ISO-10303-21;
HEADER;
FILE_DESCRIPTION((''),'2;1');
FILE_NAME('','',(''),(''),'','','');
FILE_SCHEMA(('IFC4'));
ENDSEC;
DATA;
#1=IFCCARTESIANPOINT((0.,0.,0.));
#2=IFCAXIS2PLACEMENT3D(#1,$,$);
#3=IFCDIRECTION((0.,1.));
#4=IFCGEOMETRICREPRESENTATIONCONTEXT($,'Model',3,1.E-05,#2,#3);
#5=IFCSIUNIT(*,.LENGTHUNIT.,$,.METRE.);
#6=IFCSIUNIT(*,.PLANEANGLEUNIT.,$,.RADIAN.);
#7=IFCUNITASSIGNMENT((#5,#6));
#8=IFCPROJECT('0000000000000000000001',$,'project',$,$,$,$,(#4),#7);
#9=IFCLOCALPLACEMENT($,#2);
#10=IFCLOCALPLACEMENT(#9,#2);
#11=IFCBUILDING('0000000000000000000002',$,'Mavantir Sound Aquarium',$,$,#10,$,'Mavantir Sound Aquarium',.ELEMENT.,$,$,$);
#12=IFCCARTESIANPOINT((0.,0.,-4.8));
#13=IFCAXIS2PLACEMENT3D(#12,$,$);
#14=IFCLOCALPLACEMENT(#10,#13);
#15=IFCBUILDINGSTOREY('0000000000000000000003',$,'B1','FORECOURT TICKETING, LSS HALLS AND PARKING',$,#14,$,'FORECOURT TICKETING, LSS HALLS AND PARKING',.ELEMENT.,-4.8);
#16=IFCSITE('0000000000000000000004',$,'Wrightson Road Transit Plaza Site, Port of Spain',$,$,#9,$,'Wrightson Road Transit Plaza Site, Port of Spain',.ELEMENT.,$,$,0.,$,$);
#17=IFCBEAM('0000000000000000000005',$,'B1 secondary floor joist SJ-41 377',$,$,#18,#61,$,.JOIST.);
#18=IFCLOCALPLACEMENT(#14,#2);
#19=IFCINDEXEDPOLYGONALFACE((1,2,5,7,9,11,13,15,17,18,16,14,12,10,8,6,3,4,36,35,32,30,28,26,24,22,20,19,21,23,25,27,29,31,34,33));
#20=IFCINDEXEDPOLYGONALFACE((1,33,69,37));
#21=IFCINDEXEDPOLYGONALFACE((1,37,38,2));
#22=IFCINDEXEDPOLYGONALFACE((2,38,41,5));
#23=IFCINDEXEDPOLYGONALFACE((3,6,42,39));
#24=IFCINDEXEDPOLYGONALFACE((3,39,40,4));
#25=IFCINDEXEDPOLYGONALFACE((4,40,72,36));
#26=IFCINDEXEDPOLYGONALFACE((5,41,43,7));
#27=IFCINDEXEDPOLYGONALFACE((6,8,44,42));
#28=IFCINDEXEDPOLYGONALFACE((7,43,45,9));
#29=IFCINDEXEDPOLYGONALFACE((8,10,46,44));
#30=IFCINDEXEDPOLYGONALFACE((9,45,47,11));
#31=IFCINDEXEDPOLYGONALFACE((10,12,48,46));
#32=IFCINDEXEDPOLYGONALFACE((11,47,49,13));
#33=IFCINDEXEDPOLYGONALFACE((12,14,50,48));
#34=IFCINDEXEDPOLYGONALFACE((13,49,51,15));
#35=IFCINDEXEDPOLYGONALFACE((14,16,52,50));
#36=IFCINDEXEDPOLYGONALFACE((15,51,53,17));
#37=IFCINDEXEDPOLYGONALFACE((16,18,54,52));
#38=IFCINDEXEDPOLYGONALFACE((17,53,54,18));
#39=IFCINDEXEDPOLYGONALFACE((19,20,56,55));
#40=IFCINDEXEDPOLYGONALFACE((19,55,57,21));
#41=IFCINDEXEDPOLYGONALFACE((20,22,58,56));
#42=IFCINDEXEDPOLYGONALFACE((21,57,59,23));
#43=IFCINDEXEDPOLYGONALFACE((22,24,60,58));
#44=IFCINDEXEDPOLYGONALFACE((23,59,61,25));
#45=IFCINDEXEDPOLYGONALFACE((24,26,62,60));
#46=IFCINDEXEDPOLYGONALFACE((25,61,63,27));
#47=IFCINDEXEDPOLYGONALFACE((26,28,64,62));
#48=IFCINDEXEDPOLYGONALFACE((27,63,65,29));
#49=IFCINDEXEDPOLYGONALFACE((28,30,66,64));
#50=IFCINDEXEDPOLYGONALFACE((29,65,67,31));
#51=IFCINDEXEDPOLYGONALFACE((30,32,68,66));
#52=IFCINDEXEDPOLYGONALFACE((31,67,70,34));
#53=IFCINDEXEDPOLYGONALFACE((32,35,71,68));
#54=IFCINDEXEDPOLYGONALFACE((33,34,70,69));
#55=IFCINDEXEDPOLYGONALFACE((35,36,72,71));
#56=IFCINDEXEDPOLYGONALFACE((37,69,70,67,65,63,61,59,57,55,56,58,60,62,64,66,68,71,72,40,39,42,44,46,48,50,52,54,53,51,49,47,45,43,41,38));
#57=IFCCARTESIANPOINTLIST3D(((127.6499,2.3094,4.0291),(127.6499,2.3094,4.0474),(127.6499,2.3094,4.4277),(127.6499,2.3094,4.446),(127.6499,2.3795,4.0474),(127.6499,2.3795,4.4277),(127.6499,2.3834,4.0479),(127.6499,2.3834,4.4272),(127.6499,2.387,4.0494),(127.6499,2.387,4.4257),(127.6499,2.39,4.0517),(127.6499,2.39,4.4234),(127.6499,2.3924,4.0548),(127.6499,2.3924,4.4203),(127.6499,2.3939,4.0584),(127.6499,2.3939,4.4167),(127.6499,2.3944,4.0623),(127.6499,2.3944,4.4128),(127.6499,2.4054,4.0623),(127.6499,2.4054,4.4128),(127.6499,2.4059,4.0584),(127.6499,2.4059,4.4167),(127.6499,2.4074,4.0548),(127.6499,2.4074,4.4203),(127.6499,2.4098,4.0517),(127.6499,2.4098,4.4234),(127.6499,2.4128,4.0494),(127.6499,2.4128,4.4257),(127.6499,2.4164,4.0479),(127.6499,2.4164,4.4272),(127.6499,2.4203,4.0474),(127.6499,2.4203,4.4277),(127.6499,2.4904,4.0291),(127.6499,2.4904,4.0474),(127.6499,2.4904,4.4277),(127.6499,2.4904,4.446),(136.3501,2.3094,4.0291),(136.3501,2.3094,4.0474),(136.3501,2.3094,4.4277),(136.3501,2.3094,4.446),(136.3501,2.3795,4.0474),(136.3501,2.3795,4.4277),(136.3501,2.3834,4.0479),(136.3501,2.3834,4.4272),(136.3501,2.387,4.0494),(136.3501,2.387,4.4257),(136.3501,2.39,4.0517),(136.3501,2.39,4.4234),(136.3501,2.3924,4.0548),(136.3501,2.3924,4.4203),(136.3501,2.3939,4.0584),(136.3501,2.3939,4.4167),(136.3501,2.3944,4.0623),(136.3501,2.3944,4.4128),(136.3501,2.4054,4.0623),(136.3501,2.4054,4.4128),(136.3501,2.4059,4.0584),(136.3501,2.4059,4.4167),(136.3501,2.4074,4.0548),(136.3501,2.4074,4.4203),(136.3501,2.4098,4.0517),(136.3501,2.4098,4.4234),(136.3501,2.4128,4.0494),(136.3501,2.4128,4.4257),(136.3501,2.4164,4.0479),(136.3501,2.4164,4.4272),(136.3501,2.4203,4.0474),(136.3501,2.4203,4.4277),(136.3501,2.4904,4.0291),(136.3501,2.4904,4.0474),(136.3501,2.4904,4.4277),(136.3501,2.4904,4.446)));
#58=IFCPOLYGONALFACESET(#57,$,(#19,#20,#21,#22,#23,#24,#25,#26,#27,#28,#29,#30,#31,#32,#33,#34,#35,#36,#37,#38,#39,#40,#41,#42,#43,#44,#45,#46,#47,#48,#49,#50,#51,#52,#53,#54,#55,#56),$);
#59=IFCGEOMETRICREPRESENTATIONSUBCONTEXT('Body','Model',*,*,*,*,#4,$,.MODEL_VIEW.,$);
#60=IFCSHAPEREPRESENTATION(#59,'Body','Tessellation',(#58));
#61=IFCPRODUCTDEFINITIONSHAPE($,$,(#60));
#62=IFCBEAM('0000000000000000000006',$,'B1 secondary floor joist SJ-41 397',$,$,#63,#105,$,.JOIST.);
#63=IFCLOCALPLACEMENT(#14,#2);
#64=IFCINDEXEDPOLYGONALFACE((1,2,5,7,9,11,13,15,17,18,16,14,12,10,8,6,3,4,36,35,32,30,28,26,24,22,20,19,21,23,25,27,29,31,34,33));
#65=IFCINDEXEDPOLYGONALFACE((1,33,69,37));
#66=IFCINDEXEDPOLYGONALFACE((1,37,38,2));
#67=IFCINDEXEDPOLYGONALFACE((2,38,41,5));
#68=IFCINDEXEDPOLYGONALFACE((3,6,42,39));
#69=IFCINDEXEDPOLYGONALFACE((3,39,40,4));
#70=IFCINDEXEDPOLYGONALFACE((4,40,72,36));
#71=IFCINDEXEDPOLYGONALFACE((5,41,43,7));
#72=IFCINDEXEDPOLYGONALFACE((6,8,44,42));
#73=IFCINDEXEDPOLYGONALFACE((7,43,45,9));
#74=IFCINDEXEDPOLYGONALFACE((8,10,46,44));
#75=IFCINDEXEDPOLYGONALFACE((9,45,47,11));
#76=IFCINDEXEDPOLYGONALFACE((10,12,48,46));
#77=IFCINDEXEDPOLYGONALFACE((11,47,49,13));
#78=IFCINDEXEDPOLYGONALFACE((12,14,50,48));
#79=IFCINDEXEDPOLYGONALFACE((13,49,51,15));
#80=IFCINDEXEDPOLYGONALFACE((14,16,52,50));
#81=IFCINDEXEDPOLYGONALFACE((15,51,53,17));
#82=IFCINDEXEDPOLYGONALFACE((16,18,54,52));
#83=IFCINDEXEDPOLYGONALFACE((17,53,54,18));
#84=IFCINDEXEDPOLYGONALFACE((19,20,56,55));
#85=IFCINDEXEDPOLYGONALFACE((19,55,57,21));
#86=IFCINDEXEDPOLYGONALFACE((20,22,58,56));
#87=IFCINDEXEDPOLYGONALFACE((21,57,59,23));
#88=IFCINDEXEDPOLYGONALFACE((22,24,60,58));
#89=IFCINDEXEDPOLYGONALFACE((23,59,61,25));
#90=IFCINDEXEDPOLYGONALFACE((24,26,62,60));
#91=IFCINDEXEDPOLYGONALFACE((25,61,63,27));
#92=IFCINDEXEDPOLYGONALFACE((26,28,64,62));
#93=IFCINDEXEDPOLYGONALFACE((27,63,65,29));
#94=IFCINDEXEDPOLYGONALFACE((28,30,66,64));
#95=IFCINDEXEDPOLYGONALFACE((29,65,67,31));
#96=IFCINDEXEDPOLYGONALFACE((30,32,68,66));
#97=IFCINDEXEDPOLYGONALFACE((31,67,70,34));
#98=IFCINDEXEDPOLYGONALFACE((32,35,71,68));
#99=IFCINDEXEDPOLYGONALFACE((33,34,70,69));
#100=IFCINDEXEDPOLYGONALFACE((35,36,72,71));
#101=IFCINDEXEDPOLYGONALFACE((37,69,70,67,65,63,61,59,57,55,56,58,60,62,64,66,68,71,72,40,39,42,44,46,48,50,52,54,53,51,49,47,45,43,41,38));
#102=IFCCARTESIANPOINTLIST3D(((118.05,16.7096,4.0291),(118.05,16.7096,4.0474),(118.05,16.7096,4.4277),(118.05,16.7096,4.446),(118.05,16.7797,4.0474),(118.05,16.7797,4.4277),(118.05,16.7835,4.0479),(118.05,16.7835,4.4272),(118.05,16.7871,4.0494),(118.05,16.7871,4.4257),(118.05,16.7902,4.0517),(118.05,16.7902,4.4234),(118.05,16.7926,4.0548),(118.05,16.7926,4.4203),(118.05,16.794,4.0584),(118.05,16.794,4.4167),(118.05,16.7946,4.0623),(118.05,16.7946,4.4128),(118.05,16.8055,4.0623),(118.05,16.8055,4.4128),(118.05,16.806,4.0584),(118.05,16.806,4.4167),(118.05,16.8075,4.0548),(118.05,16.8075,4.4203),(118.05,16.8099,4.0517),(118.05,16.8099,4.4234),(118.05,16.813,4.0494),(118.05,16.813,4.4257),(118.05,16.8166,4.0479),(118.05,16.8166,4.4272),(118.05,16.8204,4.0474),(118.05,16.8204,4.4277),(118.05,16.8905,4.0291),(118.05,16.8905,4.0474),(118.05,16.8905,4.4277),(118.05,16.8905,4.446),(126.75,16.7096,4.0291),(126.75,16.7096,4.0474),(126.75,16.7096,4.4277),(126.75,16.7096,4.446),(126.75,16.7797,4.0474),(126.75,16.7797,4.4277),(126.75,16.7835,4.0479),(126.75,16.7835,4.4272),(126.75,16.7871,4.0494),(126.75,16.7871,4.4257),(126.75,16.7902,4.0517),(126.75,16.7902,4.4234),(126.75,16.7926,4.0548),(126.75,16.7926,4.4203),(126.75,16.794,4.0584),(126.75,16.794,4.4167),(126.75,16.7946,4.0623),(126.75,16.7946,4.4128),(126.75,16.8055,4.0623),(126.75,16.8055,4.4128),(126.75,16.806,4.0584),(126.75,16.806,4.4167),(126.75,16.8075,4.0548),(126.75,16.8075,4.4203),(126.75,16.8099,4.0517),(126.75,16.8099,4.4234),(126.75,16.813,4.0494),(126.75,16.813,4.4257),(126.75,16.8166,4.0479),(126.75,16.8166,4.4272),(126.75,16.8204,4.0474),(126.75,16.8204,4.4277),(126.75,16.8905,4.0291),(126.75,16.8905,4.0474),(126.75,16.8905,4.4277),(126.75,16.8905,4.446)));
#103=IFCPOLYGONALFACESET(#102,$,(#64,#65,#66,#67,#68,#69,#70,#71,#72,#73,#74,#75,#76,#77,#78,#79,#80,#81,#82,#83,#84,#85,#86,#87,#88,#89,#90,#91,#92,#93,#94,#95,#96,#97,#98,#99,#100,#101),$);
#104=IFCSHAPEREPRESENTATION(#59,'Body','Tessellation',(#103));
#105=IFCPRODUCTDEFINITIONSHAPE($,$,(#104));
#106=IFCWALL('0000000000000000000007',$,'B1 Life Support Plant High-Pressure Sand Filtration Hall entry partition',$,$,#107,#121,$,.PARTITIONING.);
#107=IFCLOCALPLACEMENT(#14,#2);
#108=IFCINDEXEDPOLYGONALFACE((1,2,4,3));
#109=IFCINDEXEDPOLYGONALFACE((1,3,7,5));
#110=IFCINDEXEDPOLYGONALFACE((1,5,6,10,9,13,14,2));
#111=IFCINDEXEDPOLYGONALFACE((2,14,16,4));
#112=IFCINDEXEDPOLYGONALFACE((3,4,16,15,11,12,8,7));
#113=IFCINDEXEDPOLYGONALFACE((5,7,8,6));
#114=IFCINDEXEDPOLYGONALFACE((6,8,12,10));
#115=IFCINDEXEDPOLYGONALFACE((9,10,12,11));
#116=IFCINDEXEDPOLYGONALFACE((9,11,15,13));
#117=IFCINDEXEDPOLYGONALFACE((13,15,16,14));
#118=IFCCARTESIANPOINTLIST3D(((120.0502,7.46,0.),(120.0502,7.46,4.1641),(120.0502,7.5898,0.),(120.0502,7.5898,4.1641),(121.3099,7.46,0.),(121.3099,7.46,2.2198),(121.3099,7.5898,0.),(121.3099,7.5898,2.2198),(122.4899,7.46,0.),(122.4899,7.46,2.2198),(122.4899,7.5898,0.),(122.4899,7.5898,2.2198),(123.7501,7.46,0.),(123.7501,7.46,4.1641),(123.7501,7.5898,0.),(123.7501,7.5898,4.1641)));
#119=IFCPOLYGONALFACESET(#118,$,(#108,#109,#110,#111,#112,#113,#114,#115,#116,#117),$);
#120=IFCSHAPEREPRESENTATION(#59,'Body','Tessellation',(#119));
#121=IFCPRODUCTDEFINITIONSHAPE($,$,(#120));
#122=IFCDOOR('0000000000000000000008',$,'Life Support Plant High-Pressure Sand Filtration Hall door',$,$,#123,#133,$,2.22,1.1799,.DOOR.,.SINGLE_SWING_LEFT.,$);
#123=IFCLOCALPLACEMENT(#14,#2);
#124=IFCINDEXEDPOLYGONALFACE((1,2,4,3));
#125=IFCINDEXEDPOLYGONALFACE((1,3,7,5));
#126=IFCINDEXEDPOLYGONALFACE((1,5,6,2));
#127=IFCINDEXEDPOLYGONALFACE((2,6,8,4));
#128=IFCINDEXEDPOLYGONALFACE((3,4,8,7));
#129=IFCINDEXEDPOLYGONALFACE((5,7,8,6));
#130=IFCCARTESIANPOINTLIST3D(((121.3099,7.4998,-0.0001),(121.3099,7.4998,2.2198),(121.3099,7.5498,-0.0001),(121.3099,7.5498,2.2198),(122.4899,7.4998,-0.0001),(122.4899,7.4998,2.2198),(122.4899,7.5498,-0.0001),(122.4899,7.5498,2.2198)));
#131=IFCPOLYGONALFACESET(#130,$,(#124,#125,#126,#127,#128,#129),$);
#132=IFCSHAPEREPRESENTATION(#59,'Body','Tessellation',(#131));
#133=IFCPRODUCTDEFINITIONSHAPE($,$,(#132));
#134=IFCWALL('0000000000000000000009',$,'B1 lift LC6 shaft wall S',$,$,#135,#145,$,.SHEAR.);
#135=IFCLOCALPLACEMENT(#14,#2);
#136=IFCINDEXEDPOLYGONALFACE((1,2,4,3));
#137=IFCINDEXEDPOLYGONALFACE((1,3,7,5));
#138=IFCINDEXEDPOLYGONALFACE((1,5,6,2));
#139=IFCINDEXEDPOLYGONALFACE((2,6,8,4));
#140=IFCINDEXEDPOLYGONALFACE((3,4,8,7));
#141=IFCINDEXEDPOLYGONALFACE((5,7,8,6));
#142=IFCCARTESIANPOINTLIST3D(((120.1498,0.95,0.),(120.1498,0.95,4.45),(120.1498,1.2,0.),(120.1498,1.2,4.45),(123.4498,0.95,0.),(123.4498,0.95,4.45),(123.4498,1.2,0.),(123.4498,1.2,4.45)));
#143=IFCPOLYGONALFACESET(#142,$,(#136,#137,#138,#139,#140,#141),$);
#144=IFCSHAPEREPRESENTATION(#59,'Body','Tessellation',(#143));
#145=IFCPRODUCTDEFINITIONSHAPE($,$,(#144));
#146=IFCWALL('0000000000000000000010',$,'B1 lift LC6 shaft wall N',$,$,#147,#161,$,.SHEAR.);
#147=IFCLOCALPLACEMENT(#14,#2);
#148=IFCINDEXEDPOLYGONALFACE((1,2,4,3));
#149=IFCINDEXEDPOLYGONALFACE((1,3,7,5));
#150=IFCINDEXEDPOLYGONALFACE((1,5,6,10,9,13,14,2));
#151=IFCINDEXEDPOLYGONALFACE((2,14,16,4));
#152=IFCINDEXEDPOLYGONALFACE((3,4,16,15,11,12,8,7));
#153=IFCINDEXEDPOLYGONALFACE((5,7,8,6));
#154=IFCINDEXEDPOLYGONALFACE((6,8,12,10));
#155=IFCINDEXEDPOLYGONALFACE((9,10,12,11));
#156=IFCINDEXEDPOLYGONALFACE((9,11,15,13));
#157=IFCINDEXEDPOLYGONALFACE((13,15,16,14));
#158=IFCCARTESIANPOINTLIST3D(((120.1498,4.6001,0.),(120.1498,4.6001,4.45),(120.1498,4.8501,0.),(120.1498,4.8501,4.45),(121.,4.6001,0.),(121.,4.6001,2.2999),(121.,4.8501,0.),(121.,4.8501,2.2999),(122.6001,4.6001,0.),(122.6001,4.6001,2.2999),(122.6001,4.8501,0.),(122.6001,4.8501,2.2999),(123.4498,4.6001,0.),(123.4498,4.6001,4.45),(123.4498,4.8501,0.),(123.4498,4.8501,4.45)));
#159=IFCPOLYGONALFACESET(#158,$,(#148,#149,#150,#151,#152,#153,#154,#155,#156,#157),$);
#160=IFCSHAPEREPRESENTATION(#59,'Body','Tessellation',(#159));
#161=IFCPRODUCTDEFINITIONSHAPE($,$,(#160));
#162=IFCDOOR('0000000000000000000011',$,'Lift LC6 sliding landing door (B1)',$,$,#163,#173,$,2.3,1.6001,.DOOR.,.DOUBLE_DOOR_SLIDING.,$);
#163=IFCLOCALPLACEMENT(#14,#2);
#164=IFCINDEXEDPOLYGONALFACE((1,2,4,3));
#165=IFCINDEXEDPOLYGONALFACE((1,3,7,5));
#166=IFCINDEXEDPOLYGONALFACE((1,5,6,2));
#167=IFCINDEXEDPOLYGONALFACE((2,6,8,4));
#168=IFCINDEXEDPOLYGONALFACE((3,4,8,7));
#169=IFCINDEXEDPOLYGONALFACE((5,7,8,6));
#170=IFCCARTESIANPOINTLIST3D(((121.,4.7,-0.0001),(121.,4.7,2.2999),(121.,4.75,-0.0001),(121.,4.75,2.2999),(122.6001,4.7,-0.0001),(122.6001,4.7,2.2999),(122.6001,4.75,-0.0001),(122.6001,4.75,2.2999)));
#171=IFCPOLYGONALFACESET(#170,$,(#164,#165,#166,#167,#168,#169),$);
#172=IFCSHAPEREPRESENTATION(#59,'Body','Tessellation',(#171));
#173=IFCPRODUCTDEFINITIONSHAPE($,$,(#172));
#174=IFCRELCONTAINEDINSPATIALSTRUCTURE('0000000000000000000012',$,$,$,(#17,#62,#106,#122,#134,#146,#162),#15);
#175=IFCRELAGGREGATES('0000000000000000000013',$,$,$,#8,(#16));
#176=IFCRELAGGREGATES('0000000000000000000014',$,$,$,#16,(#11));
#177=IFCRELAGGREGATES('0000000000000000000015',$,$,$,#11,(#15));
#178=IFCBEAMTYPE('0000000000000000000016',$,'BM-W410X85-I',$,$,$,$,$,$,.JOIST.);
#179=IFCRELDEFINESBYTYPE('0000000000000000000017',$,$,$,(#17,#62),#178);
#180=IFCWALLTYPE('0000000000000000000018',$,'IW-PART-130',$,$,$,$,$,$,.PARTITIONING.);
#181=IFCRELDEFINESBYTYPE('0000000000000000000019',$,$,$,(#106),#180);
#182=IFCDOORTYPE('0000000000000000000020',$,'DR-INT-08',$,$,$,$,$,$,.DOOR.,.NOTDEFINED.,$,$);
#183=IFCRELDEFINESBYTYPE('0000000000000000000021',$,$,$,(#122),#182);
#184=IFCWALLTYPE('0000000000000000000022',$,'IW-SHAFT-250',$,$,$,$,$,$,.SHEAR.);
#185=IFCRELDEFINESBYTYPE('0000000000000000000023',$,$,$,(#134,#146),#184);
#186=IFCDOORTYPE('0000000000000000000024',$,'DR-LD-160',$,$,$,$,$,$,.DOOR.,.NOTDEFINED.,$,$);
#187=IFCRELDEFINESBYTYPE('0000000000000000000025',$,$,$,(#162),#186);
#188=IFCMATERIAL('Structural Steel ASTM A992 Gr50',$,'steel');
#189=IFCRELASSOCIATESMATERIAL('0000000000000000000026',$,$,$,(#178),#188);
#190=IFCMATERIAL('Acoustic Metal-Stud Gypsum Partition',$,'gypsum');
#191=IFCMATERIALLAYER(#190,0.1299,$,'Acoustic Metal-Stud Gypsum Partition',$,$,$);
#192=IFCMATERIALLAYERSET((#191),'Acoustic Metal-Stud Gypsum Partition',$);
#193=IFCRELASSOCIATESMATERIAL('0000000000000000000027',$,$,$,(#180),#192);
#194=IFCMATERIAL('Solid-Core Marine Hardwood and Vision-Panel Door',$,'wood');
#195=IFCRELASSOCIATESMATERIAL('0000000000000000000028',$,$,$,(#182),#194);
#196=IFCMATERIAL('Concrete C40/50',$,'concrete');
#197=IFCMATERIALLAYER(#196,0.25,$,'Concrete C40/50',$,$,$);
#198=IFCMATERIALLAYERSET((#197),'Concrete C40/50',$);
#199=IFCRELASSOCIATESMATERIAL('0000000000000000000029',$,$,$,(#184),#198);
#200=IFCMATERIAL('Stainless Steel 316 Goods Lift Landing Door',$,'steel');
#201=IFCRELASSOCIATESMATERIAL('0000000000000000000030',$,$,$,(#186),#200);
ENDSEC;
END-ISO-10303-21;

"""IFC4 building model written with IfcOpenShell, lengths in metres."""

from ifc_helpers import new_model, si_unit, direction, frame, frame_2d, origin, origin_2d, place, context, subcontext, project, spatial, rectangle, i_section, extrude, material, layer, layer_set, material_profile, profile_set, type_object, element, fill, save


model = new_model("IFC4")

# Units and contexts
model_context = context("Model", 3, precision=1e-05, world=origin(), true_north=direction((0.0, 1.0)))
body_context = subcontext(model_context, "Body", "Model", "MODEL_VIEW")
ifc_project = project(units=[si_unit("LENGTHUNIT", "METRE"), si_unit("PLANEANGLEUNIT", "RADIAN")], contexts=[model_context])

# Site, building, storey
site_placement = place(None, origin())
site = spatial("IfcSite", under=ifc_project, at=site_placement, Name="Wrightson Road Transit Plaza Site, Port of Spain", LongName="Wrightson Road Transit Plaza Site, Port of Spain", CompositionType="ELEMENT", RefElevation=0.0)
building_placement = place(site_placement, origin())
building = spatial("IfcBuilding", under=site, at=building_placement, Name="Mavantir Sound Aquarium", LongName="Mavantir Sound Aquarium", CompositionType="ELEMENT")
storey_placement = place(building_placement, frame((0.0, 0.0, -4.8)))
storey = spatial("IfcBuildingStorey", under=building, at=storey_placement, Name="B1", Description="FORECOURT TICKETING, LSS HALLS AND PARKING", LongName="FORECOURT TICKETING, LSS HALLS AND PARKING", CompositionType="ELEMENT", Elevation=-4.8)

# Shared definitions
ifc_material_1 = material(Name="Concrete C40/50", Category="concrete")

# Beams
ifc_material_2 = material(Name="Structural Steel ASTM A992 Gr50", Category="steel")
ifc_material_profile_1 = material_profile(ifc_material_2, i_section(OverallWidth=0.1809, OverallDepth=0.417, WebThickness=0.011, FlangeThickness=0.0183, FilletRadius=0.0149, at=origin_2d()), Name="W410X85")
ifc_profile_set_1 = profile_set([ifc_material_profile_1], Name="Structural Steel ASTM A992 Gr50")
beam_type_1 = type_object("IfcBeamType", Name="BM-W410X85-I", PredefinedType="JOIST", material=ifc_profile_set_1)
beam_1_placement = place(storey_placement, frame((127.6499, 2.3999, 4.2375), z_axis=(1.0, 0.0, 0.0), x_axis=(0.0, 1.0, 0.0)))
element("IfcBeam", 1, at=beam_1_placement, inside=storey, type_object=beam_type_1, Name="B1 secondary floor joist SJ-41 377", PredefinedType="JOIST", context=body_context, shape_type="SweptSolid", body=[
    extrude(i_section(OverallWidth=0.1809, OverallDepth=0.417, WebThickness=0.011, FlangeThickness=0.0183, FilletRadius=0.0149, at=origin_2d()), origin(), (0.0, 0.0, 1.0), 8.7002),
])
beam_2_placement = place(storey_placement, frame((118.05, 16.8, 4.2375), z_axis=(1.0, 0.0, 0.0), x_axis=(0.0, 1.0, 0.0)))
element("IfcBeam", 2, at=beam_2_placement, inside=storey, type_object=beam_type_1, Name="B1 secondary floor joist SJ-41 397", PredefinedType="JOIST", context=body_context, shape_type="SweptSolid", body=[
    extrude(i_section(OverallWidth=0.1809, OverallDepth=0.417, WebThickness=0.011, FlangeThickness=0.0183, FilletRadius=0.0149, at=origin_2d()), origin(), (0.0, 0.0, 1.0), 8.7),
])

# Wall, opening, door
ifc_material_3 = material(Name="Acoustic Metal-Stud Gypsum Partition", Category="gypsum")
ifc_layer_1 = layer(ifc_material_3, 0.1299, Name="Acoustic Metal-Stud Gypsum Partition")
ifc_layer_set_1 = layer_set([ifc_layer_1], Name="Acoustic Metal-Stud Gypsum Partition")
wall_type_1 = type_object("IfcWallType", Name="IW-PART-130", PredefinedType="PARTITIONING", material=ifc_layer_set_1)
wall_1_placement = place(storey_placement, frame((120.05, 7.5249, 0.0), z_axis=(0.0, 0.0, 1.0), x_axis=(1.0, 0.0, 0.0)))
wall_1 = element("IfcWall", 3, at=wall_1_placement, inside=storey, type_object=wall_type_1, Name="B1 Life Support Plant High-Pressure Sand Filtration Hall entry partition", PredefinedType="PARTITIONING", context=body_context, shape_type="SweptSolid", body=[
    extrude(rectangle(XDim=3.7, YDim=0.1299, at=frame_2d((1.8501, 0.0))), origin(), (0.0, 0.0, 1.0), 4.1641),
])
opening_1_placement = place(wall_1_placement, frame((1.26, 0.0, 0.0)))
opening_1 = element("IfcOpeningElement", 4, at=opening_1_placement, cuts=wall_1, PredefinedType="OPENING", context=body_context, shape_type="SweptSolid", body=[
    extrude(rectangle(XDim=1.1799, YDim=2.22, at=frame_2d((0.5898, 1.1099))), frame((0.0, 0.075, 0.0), z_axis=(0.0, -1.0, 0.0), x_axis=(1.0, 0.0, 0.0)), (0.0, 0.0, 1.0), 0.1499),
])
ifc_material_4 = material(Name="Solid-Core Marine Hardwood and Vision-Panel Door", Category="wood")
door_type_1 = type_object("IfcDoorType", Name="DR-INT-08", OperationType="NOTDEFINED", PredefinedType="DOOR", material=ifc_material_4)
door_1_placement = place(opening_1_placement, origin())
door_1 = element("IfcDoor", 5, at=door_1_placement, inside=storey, type_object=door_type_1, Name="Life Support Plant High-Pressure Sand Filtration Hall door", OperationType="SINGLE_SWING_LEFT", OverallHeight=2.22, OverallWidth=1.1799, PredefinedType="DOOR", context=body_context, shape_type="SweptSolid", body=[
    extrude(rectangle(XDim=1.1799, YDim=2.22, at=frame_2d((0.5898, 1.1099))), frame((0.0, 0.0249, 0.0), z_axis=(0.0, -1.0, 0.0), x_axis=(1.0, 0.0, 0.0)), (0.0, 0.0, 1.0), 0.05),
])
fill(opening_1, door_1)

# Wall
ifc_layer_2 = layer(ifc_material_1, 0.25, Name="Concrete C40/50")
ifc_layer_set_2 = layer_set([ifc_layer_2], Name="Concrete C40/50")
wall_type_2 = type_object("IfcWallType", Name="IW-SHAFT-250", PredefinedType="SHEAR", material=ifc_layer_set_2)
wall_2_placement = place(storey_placement, frame((120.1499, 1.075, 0.0), z_axis=(0.0, 0.0, 1.0), x_axis=(1.0, 0.0, 0.0)))
element("IfcWall", 6, at=wall_2_placement, inside=storey, type_object=wall_type_2, Name="B1 lift LC6 shaft wall S", PredefinedType="SHEAR", context=body_context, shape_type="SweptSolid", body=[
    extrude(rectangle(XDim=3.3, YDim=0.25, at=frame_2d((1.6499, 0.0))), origin(), (0.0, 0.0, 1.0), 4.45),
])

# Wall, opening, door
wall_3_placement = place(storey_placement, frame((120.1499, 4.7251, 0.0), z_axis=(0.0, 0.0, 1.0), x_axis=(1.0, 0.0, 0.0)))
wall_3 = element("IfcWall", 7, at=wall_3_placement, inside=storey, type_object=wall_type_2, Name="B1 lift LC6 shaft wall N", PredefinedType="SHEAR", context=body_context, shape_type="SweptSolid", body=[
    extrude(rectangle(XDim=3.3, YDim=0.25, at=frame_2d((1.6499, 0.0))), origin(), (0.0, 0.0, 1.0), 4.45),
])
opening_2_placement = place(wall_3_placement, frame((0.8501, 0.0, 0.0)))
opening_2 = element("IfcOpeningElement", 8, at=opening_2_placement, cuts=wall_3, PredefinedType="OPENING", context=body_context, shape_type="SweptSolid", body=[
    extrude(rectangle(XDim=1.6001, YDim=2.3, at=frame_2d((0.8, 1.1499))), frame((0.0, 0.135, 0.0), z_axis=(0.0, -1.0, 0.0), x_axis=(1.0, 0.0, 0.0)), (0.0, 0.0, 1.0), 0.27),
])
ifc_material_5 = material(Name="Stainless Steel 316 Goods Lift Landing Door", Category="steel")
door_type_2 = type_object("IfcDoorType", Name="DR-LD-160", OperationType="NOTDEFINED", PredefinedType="DOOR", material=ifc_material_5)
door_2_placement = place(opening_2_placement, origin())
door_2 = element("IfcDoor", 9, at=door_2_placement, inside=storey, type_object=door_type_2, Name="Lift LC6 sliding landing door (B1)", OperationType="DOUBLE_DOOR_SLIDING", OverallHeight=2.3, OverallWidth=1.6001, PredefinedType="DOOR", context=body_context, shape_type="SweptSolid", body=[
    extrude(rectangle(XDim=1.6001, YDim=2.3, at=frame_2d((0.8, 1.1499))), frame((0.0, 0.0249, 0.0), z_axis=(0.0, -1.0, 0.0), x_axis=(1.0, 0.0, 0.0)), (0.0, 0.0, 1.0), 0.05),
])
fill(opening_2, door_2)

save(model, "model.ifc")
